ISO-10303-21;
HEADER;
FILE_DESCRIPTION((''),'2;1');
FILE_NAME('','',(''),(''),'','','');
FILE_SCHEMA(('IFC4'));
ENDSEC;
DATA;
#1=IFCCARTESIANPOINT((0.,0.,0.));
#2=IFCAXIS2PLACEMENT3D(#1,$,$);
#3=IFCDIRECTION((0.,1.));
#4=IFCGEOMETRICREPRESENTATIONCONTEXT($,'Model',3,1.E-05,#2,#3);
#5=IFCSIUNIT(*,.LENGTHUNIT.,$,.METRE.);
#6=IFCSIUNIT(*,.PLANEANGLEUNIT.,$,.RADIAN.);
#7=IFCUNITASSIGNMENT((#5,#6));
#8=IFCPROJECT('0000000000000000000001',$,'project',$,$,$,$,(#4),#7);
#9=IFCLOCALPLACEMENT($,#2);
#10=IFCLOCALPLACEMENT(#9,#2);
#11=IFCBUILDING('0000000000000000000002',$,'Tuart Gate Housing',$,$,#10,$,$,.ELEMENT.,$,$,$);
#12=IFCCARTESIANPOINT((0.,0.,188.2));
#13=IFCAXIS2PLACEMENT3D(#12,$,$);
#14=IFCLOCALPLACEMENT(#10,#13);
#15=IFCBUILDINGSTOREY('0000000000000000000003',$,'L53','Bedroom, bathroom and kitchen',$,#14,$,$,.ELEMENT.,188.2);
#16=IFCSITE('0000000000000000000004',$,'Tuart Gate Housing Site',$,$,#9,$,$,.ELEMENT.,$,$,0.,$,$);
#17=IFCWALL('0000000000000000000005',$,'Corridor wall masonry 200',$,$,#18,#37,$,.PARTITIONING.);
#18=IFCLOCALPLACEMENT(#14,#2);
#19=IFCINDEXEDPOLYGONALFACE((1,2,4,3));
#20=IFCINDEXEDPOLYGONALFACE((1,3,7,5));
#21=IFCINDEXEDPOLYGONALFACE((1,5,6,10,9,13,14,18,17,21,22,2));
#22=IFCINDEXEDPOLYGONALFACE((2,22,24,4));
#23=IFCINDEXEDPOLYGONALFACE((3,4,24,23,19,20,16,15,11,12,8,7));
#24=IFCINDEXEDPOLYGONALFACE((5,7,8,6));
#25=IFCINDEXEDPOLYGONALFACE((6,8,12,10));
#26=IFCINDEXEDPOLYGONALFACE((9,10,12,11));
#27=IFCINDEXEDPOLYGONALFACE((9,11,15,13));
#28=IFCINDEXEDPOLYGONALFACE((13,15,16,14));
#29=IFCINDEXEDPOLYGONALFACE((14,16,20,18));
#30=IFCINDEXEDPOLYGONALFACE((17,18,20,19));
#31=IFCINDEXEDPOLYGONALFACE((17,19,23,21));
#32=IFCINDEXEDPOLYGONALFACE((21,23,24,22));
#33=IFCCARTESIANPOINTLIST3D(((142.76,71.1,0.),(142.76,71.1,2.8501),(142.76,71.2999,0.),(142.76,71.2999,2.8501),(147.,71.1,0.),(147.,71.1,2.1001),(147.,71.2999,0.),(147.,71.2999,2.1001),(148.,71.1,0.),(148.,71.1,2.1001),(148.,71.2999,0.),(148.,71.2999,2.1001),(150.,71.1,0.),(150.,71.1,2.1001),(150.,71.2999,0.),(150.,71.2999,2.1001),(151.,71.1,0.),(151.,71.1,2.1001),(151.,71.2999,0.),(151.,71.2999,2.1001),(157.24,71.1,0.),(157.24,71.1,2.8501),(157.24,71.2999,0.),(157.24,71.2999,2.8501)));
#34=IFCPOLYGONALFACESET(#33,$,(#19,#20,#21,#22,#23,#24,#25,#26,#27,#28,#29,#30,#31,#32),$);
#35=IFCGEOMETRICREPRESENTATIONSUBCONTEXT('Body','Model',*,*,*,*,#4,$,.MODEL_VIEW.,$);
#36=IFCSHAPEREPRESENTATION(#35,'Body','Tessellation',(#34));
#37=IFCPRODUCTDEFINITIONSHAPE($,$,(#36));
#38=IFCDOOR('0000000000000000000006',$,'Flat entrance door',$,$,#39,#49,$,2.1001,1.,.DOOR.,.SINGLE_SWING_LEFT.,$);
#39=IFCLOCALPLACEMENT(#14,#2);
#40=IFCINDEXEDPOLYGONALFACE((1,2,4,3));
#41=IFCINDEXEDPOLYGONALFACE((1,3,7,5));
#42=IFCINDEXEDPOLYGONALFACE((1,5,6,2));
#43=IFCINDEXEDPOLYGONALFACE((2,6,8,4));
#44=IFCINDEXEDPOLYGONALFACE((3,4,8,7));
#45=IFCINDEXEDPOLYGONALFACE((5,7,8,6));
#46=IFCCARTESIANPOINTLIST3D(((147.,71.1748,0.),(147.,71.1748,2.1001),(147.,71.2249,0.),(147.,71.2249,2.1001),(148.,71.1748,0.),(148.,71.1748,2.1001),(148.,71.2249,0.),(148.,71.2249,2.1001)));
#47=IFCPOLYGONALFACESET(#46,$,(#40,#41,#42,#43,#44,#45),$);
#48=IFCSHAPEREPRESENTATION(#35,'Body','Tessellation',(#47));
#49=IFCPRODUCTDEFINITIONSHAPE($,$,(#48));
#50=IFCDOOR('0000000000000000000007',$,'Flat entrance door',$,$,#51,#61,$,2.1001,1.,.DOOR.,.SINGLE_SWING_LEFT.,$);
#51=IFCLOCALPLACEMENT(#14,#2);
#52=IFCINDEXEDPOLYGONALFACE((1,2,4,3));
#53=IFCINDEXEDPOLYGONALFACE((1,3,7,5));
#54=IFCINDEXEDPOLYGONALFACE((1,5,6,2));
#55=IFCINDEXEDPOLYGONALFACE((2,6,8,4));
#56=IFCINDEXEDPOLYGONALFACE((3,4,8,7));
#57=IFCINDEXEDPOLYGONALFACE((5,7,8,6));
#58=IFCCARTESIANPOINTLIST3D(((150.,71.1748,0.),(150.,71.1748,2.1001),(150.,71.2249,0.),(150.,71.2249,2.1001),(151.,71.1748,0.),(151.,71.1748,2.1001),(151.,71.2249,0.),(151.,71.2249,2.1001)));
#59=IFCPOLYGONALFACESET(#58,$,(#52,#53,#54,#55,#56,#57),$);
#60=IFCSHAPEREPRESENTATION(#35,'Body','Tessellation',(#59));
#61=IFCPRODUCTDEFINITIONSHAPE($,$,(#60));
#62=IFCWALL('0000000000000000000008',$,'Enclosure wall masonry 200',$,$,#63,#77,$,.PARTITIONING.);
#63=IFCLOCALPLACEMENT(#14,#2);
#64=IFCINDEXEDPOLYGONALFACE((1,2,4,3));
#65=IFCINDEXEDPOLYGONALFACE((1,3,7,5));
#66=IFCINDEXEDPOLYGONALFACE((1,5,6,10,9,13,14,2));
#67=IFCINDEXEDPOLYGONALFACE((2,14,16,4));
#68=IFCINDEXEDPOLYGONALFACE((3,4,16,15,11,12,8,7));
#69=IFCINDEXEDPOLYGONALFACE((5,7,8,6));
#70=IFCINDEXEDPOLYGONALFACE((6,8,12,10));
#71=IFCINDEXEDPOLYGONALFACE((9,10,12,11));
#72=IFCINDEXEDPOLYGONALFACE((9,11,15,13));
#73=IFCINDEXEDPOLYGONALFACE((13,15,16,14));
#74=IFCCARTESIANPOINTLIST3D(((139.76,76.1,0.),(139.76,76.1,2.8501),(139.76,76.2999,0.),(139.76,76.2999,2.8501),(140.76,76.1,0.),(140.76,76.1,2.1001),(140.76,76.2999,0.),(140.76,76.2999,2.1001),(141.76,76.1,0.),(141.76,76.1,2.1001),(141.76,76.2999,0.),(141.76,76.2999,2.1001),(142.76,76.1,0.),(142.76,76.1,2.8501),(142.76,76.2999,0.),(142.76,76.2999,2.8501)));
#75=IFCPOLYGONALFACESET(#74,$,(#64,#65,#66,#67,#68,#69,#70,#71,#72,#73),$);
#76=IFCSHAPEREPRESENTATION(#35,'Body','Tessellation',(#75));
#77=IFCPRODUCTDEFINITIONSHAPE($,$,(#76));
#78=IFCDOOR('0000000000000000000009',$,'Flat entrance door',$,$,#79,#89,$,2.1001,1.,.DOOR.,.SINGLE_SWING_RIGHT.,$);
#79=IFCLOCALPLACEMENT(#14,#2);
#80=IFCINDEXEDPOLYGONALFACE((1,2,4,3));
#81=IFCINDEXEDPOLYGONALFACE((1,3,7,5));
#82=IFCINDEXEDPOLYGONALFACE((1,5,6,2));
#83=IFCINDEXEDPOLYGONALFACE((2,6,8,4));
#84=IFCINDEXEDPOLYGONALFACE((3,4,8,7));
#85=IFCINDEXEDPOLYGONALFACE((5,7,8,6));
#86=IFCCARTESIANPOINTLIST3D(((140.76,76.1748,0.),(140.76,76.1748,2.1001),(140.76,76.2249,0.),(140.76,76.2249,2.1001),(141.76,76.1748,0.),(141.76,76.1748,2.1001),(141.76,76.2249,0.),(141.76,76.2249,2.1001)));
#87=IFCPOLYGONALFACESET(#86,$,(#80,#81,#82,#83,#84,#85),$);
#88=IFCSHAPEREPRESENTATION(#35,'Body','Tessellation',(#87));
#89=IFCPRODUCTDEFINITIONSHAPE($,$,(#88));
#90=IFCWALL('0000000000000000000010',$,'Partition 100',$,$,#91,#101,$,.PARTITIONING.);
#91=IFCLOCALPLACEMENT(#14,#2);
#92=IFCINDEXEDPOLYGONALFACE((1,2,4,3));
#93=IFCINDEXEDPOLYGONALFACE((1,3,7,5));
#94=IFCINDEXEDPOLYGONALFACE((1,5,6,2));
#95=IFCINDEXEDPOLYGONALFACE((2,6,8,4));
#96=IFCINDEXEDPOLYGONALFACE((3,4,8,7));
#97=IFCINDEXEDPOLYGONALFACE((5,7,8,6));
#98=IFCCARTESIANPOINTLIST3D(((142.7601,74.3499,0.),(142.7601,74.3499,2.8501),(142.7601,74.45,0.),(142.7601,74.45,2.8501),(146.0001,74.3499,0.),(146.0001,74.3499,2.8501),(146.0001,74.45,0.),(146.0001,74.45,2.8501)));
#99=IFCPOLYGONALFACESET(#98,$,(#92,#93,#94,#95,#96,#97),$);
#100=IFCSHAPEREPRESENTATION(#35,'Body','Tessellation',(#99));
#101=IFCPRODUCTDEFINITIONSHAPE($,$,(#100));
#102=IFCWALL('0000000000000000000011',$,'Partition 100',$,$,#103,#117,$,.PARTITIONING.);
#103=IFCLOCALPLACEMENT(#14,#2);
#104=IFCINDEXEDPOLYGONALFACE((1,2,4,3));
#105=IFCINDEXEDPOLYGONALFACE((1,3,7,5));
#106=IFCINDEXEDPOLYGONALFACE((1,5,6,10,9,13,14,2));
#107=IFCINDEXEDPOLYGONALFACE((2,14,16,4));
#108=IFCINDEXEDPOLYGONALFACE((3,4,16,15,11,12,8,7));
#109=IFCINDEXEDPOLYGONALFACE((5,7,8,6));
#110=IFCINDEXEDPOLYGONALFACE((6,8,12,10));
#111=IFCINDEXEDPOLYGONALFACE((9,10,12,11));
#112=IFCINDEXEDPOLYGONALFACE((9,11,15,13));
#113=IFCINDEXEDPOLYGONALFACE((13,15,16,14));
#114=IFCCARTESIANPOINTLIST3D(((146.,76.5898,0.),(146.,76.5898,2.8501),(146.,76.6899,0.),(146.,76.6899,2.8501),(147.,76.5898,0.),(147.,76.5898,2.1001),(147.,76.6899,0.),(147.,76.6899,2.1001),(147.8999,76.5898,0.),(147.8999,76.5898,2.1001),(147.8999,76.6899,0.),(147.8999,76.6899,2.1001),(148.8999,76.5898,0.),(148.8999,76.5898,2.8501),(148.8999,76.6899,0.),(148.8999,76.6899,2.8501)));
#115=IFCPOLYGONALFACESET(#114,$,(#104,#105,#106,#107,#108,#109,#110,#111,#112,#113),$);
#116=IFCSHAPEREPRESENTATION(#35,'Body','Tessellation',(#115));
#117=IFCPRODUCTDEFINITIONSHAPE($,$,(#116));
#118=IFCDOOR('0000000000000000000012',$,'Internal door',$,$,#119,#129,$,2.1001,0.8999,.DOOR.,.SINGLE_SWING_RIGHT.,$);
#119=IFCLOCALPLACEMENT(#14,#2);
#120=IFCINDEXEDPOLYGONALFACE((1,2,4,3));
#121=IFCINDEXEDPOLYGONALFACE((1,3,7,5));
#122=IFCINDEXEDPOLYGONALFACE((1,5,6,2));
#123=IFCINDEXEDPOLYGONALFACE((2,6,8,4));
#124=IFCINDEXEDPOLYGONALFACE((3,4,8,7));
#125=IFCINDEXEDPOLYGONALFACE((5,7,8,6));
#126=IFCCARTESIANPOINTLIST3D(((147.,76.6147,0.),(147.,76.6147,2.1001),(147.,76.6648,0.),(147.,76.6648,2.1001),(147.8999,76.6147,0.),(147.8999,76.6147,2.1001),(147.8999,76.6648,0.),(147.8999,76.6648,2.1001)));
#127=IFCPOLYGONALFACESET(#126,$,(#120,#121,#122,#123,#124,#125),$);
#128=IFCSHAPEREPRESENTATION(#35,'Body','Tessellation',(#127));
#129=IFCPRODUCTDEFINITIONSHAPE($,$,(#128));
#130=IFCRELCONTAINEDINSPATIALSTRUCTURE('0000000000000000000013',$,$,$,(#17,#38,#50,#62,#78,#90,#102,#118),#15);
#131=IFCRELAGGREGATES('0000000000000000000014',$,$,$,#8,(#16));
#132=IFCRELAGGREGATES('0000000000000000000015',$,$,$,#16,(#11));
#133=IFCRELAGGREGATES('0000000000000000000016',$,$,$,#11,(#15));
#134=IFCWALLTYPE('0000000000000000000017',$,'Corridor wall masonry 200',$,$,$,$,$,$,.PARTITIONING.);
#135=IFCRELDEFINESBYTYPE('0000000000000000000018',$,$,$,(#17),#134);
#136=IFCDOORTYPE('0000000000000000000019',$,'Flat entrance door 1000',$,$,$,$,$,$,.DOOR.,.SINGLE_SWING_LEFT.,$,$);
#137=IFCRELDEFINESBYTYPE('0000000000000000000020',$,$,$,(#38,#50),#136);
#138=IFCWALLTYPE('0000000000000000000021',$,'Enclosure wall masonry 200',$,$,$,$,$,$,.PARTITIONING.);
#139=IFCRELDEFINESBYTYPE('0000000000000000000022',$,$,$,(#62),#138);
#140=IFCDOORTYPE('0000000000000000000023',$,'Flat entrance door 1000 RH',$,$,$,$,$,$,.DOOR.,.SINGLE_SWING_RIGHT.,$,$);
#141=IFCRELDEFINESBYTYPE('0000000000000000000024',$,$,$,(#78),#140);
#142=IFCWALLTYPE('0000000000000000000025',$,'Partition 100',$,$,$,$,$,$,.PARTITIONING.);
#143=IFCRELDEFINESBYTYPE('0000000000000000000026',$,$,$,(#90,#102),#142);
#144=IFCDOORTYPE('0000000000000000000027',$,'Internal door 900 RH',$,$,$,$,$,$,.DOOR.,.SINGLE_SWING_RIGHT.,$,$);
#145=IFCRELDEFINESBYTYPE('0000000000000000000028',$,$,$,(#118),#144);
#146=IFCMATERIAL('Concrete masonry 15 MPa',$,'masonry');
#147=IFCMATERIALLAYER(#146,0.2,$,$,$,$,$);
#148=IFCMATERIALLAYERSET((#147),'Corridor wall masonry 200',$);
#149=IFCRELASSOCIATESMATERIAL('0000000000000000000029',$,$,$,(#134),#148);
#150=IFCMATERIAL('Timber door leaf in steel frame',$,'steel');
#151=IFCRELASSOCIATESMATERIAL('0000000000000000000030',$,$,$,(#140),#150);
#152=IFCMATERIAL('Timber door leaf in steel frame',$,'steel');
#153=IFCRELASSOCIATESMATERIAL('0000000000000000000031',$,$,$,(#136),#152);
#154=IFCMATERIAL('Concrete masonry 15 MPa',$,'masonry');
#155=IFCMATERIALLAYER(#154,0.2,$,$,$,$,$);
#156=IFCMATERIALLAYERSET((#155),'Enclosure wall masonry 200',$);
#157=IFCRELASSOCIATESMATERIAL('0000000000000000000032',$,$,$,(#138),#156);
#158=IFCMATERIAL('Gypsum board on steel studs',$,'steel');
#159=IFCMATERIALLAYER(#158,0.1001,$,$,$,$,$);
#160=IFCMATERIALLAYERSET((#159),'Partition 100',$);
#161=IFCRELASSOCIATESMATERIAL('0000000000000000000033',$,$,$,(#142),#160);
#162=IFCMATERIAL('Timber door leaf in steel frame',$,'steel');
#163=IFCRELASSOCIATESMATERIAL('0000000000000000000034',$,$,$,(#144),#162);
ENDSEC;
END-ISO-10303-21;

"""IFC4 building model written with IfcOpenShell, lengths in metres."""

from ifc_helpers import new_model, si_unit, direction, frame, frame_2d, origin, place, context, subcontext, project, spatial, rectangle, extrude, material, layer, layer_set, type_object, element, fill, save


model = new_model("IFC4")

# Units and contexts
model_context = context("Model", 3, precision=1e-05, world=origin(), true_north=direction((0.0, 1.0)))
body_context = subcontext(model_context, "Body", "Model", "MODEL_VIEW")
ifc_project = project(units=[si_unit("LENGTHUNIT", "METRE"), si_unit("PLANEANGLEUNIT", "RADIAN")], contexts=[model_context])

# Site, building, storey
site_placement = place(None, origin())
site = spatial("IfcSite", under=ifc_project, at=site_placement, Name="Tuart Gate Housing Site", CompositionType="ELEMENT", RefElevation=0.0)
building_placement = place(site_placement, origin())
building = spatial("IfcBuilding", under=site, at=building_placement, Name="Tuart Gate Housing", CompositionType="ELEMENT")
storey_placement = place(building_placement, frame((0.0, 0.0, 188.2)))
storey = spatial("IfcBuildingStorey", under=building, at=storey_placement, Name="L53", Description="Bedroom, bathroom and kitchen", CompositionType="ELEMENT", Elevation=188.2)

# Wall, openings, doors
ifc_material_1 = material(Name="Concrete masonry 15 MPa", Category="masonry")
ifc_layer_1 = layer(ifc_material_1, 0.2)
ifc_layer_set_1 = layer_set([ifc_layer_1], Name="Corridor wall masonry 200")
wall_type_1 = type_object("IfcWallType", Name="Corridor wall masonry 200", PredefinedType="PARTITIONING", material=ifc_layer_set_1)
ifc_material_2 = material(Name="Timber door leaf in steel frame", Category="steel")
door_type_1 = type_object("IfcDoorType", Name="Flat entrance door 1000 RH", OperationType="SINGLE_SWING_RIGHT", PredefinedType="DOOR", material=ifc_material_2)
wall_1_placement = place(storey_placement, frame((142.76, 71.2, 0.0), z_axis=(0.0, 0.0, 1.0), x_axis=(1.0, 0.0, 0.0)))
wall_1 = element("IfcWall", 1, at=wall_1_placement, inside=storey, type_object=wall_type_1, Name="Corridor wall masonry 200", PredefinedType="PARTITIONING", context=body_context, shape_type="SweptSolid", body=[
    extrude(rectangle(XDim=14.48, YDim=0.2, at=frame_2d((7.24, 0.0))), origin(), (0.0, 0.0, 1.0), 2.8501),
])
opening_1_placement = place(wall_1_placement, frame((4.24, 0.0, 0.0)))
opening_1 = element("IfcOpeningElement", 2, at=opening_1_placement, cuts=wall_1, PredefinedType="OPENING", context=body_context, shape_type="SweptSolid", body=[
    extrude(rectangle(XDim=1.0, YDim=2.1001, at=frame_2d((0.5, 1.05))), frame((0.0, 0.1099, 0.0), z_axis=(0.0, -1.0, 0.0), x_axis=(1.0, 0.0, 0.0)), (0.0, 0.0, 1.0), 0.22),
])
opening_2_placement = place(wall_1_placement, frame((7.24, 0.0, 0.0)))
opening_2 = element("IfcOpeningElement", 3, at=opening_2_placement, cuts=wall_1, PredefinedType="OPENING", context=body_context, shape_type="SweptSolid", body=[
    extrude(rectangle(XDim=1.0, YDim=2.1001, at=frame_2d((0.5, 1.05))), frame((0.0, 0.1099, 0.0), z_axis=(0.0, -1.0, 0.0), x_axis=(1.0, 0.0, 0.0)), (0.0, 0.0, 1.0), 0.22),
])
ifc_material_3 = material(Name="Timber door leaf in steel frame", Category="steel")
door_type_2 = type_object("IfcDoorType", Name="Flat entrance door 1000", OperationType="SINGLE_SWING_LEFT", PredefinedType="DOOR", material=ifc_material_3)
door_1_placement = place(opening_1_placement, origin())
door_1 = element("IfcDoor", 4, at=door_1_placement, inside=storey, type_object=door_type_2, Name="Flat entrance door", OperationType="SINGLE_SWING_LEFT", OverallHeight=2.1001, OverallWidth=1.0, PredefinedType="DOOR", context=body_context, shape_type="SweptSolid", body=[
    extrude(rectangle(XDim=1.0, YDim=2.1001, at=frame_2d((0.5, 1.05))), frame((0.0, 0.0249, 0.0), z_axis=(0.0, -1.0, 0.0), x_axis=(1.0, 0.0, 0.0)), (0.0, 0.0, 1.0), 0.05),
])
fill(opening_1, door_1)
door_2_placement = place(opening_2_placement, origin())
door_2 = element("IfcDoor", 5, at=door_2_placement, inside=storey, type_object=door_type_2, Name="Flat entrance door", OperationType="SINGLE_SWING_LEFT", OverallHeight=2.1001, OverallWidth=1.0, PredefinedType="DOOR", context=body_context, shape_type="SweptSolid", body=[
    extrude(rectangle(XDim=1.0, YDim=2.1001, at=frame_2d((0.5, 1.05))), frame((0.0, 0.0249, 0.0), z_axis=(0.0, -1.0, 0.0), x_axis=(1.0, 0.0, 0.0)), (0.0, 0.0, 1.0), 0.05),
])
fill(opening_2, door_2)

# Wall, opening, door
ifc_material_4 = material(Name="Concrete masonry 15 MPa", Category="masonry")
ifc_layer_2 = layer(ifc_material_4, 0.2)
ifc_layer_set_2 = layer_set([ifc_layer_2], Name="Enclosure wall masonry 200")
wall_type_2 = type_object("IfcWallType", Name="Enclosure wall masonry 200", PredefinedType="PARTITIONING", material=ifc_layer_set_2)
wall_2_placement = place(storey_placement, frame((139.76, 76.2, 0.0), z_axis=(0.0, 0.0, 1.0), x_axis=(1.0, 0.0, 0.0)))
wall_2 = element("IfcWall", 6, at=wall_2_placement, inside=storey, type_object=wall_type_2, Name="Enclosure wall masonry 200", PredefinedType="PARTITIONING", context=body_context, shape_type="SweptSolid", body=[
    extrude(rectangle(XDim=3.0, YDim=0.2, at=frame_2d((1.5, 0.0))), origin(), (0.0, 0.0, 1.0), 2.8501),
])
opening_3_placement = place(wall_2_placement, frame((1.0, 0.0, 0.0)))
opening_3 = element("IfcOpeningElement", 7, at=opening_3_placement, cuts=wall_2, PredefinedType="OPENING", context=body_context, shape_type="SweptSolid", body=[
    extrude(rectangle(XDim=1.0, YDim=2.1001, at=frame_2d((0.5, 1.05))), frame((0.0, 0.1099, 0.0), z_axis=(0.0, -1.0, 0.0), x_axis=(1.0, 0.0, 0.0)), (0.0, 0.0, 1.0), 0.22),
])
door_3_placement = place(opening_3_placement, origin())
door_3 = element("IfcDoor", 8, at=door_3_placement, inside=storey, type_object=door_type_1, Name="Flat entrance door", OperationType="SINGLE_SWING_RIGHT", OverallHeight=2.1001, OverallWidth=1.0, PredefinedType="DOOR", context=body_context, shape_type="SweptSolid", body=[
    extrude(rectangle(XDim=1.0, YDim=2.1001, at=frame_2d((0.5, 1.05))), frame((0.0, 0.0249, 0.0), z_axis=(0.0, -1.0, 0.0), x_axis=(1.0, 0.0, 0.0)), (0.0, 0.0, 1.0), 0.05),
])
fill(opening_3, door_3)

# Wall
ifc_material_5 = material(Name="Gypsum board on steel studs", Category="steel")
ifc_layer_3 = layer(ifc_material_5, 0.1001)
ifc_layer_set_3 = layer_set([ifc_layer_3], Name="Partition 100")
wall_type_3 = type_object("IfcWallType", Name="Partition 100", PredefinedType="PARTITIONING", material=ifc_layer_set_3)
wall_3_placement = place(storey_placement, frame((142.76, 74.3999, 0.0), z_axis=(0.0, 0.0, 1.0), x_axis=(1.0, 0.0, 0.0)))
element("IfcWall", 9, at=wall_3_placement, inside=storey, type_object=wall_type_3, Name="Partition 100", PredefinedType="PARTITIONING", context=body_context, shape_type="SweptSolid", body=[
    extrude(rectangle(XDim=3.24, YDim=0.1001, at=frame_2d((1.6201, 0.0))), origin(), (0.0, 0.0, 1.0), 2.8501),
])

# Wall, opening, door
wall_4_placement = place(storey_placement, frame((146.0, 76.6399, 0.0), z_axis=(0.0, 0.0, 1.0), x_axis=(1.0, 0.0, 0.0)))
wall_4 = element("IfcWall", 10, at=wall_4_placement, inside=storey, type_object=wall_type_3, Name="Partition 100", PredefinedType="PARTITIONING", context=body_context, shape_type="SweptSolid", body=[
    extrude(rectangle(XDim=2.8999, YDim=0.1001, at=frame_2d((1.45, 0.0))), origin(), (0.0, 0.0, 1.0), 2.8501),
])
opening_4_placement = place(wall_4_placement, frame((1.0, 0.0, 0.0)))
opening_4 = element("IfcOpeningElement", 11, at=opening_4_placement, cuts=wall_4, PredefinedType="OPENING", context=body_context, shape_type="SweptSolid", body=[
    extrude(rectangle(XDim=0.8999, YDim=2.1001, at=frame_2d((0.45, 1.05))), frame((0.0, 0.0601, 0.0), z_axis=(0.0, -1.0, 0.0), x_axis=(1.0, 0.0, 0.0)), (0.0, 0.0, 1.0), 0.1201),
])
ifc_material_6 = material(Name="Timber door leaf in steel frame", Category="steel")
door_type_3 = type_object("IfcDoorType", Name="Internal door 900 RH", OperationType="SINGLE_SWING_RIGHT", PredefinedType="DOOR", material=ifc_material_6)
door_4_placement = place(opening_4_placement, frame((0.8999, 0.0, 0.0), z_axis=(0.0, 0.0, 1.0), x_axis=(-1.0, 0.0, 0.0)))
door_4 = element("IfcDoor", 12, at=door_4_placement, inside=storey, type_object=door_type_3, Name="Internal door", OperationType="SINGLE_SWING_RIGHT", OverallHeight=2.1001, OverallWidth=0.8999, PredefinedType="DOOR", context=body_context, shape_type="SweptSolid", body=[
    extrude(rectangle(XDim=0.8999, YDim=2.1001, at=frame_2d((0.45, 1.05))), frame((0.0, 0.0251, 0.0), z_axis=(0.0, -1.0, 0.0), x_axis=(1.0, 0.0, 0.0)), (0.0, 0.0, 1.0), 0.05),
])
fill(opening_4, door_4)

save(model, "model.ifc")
